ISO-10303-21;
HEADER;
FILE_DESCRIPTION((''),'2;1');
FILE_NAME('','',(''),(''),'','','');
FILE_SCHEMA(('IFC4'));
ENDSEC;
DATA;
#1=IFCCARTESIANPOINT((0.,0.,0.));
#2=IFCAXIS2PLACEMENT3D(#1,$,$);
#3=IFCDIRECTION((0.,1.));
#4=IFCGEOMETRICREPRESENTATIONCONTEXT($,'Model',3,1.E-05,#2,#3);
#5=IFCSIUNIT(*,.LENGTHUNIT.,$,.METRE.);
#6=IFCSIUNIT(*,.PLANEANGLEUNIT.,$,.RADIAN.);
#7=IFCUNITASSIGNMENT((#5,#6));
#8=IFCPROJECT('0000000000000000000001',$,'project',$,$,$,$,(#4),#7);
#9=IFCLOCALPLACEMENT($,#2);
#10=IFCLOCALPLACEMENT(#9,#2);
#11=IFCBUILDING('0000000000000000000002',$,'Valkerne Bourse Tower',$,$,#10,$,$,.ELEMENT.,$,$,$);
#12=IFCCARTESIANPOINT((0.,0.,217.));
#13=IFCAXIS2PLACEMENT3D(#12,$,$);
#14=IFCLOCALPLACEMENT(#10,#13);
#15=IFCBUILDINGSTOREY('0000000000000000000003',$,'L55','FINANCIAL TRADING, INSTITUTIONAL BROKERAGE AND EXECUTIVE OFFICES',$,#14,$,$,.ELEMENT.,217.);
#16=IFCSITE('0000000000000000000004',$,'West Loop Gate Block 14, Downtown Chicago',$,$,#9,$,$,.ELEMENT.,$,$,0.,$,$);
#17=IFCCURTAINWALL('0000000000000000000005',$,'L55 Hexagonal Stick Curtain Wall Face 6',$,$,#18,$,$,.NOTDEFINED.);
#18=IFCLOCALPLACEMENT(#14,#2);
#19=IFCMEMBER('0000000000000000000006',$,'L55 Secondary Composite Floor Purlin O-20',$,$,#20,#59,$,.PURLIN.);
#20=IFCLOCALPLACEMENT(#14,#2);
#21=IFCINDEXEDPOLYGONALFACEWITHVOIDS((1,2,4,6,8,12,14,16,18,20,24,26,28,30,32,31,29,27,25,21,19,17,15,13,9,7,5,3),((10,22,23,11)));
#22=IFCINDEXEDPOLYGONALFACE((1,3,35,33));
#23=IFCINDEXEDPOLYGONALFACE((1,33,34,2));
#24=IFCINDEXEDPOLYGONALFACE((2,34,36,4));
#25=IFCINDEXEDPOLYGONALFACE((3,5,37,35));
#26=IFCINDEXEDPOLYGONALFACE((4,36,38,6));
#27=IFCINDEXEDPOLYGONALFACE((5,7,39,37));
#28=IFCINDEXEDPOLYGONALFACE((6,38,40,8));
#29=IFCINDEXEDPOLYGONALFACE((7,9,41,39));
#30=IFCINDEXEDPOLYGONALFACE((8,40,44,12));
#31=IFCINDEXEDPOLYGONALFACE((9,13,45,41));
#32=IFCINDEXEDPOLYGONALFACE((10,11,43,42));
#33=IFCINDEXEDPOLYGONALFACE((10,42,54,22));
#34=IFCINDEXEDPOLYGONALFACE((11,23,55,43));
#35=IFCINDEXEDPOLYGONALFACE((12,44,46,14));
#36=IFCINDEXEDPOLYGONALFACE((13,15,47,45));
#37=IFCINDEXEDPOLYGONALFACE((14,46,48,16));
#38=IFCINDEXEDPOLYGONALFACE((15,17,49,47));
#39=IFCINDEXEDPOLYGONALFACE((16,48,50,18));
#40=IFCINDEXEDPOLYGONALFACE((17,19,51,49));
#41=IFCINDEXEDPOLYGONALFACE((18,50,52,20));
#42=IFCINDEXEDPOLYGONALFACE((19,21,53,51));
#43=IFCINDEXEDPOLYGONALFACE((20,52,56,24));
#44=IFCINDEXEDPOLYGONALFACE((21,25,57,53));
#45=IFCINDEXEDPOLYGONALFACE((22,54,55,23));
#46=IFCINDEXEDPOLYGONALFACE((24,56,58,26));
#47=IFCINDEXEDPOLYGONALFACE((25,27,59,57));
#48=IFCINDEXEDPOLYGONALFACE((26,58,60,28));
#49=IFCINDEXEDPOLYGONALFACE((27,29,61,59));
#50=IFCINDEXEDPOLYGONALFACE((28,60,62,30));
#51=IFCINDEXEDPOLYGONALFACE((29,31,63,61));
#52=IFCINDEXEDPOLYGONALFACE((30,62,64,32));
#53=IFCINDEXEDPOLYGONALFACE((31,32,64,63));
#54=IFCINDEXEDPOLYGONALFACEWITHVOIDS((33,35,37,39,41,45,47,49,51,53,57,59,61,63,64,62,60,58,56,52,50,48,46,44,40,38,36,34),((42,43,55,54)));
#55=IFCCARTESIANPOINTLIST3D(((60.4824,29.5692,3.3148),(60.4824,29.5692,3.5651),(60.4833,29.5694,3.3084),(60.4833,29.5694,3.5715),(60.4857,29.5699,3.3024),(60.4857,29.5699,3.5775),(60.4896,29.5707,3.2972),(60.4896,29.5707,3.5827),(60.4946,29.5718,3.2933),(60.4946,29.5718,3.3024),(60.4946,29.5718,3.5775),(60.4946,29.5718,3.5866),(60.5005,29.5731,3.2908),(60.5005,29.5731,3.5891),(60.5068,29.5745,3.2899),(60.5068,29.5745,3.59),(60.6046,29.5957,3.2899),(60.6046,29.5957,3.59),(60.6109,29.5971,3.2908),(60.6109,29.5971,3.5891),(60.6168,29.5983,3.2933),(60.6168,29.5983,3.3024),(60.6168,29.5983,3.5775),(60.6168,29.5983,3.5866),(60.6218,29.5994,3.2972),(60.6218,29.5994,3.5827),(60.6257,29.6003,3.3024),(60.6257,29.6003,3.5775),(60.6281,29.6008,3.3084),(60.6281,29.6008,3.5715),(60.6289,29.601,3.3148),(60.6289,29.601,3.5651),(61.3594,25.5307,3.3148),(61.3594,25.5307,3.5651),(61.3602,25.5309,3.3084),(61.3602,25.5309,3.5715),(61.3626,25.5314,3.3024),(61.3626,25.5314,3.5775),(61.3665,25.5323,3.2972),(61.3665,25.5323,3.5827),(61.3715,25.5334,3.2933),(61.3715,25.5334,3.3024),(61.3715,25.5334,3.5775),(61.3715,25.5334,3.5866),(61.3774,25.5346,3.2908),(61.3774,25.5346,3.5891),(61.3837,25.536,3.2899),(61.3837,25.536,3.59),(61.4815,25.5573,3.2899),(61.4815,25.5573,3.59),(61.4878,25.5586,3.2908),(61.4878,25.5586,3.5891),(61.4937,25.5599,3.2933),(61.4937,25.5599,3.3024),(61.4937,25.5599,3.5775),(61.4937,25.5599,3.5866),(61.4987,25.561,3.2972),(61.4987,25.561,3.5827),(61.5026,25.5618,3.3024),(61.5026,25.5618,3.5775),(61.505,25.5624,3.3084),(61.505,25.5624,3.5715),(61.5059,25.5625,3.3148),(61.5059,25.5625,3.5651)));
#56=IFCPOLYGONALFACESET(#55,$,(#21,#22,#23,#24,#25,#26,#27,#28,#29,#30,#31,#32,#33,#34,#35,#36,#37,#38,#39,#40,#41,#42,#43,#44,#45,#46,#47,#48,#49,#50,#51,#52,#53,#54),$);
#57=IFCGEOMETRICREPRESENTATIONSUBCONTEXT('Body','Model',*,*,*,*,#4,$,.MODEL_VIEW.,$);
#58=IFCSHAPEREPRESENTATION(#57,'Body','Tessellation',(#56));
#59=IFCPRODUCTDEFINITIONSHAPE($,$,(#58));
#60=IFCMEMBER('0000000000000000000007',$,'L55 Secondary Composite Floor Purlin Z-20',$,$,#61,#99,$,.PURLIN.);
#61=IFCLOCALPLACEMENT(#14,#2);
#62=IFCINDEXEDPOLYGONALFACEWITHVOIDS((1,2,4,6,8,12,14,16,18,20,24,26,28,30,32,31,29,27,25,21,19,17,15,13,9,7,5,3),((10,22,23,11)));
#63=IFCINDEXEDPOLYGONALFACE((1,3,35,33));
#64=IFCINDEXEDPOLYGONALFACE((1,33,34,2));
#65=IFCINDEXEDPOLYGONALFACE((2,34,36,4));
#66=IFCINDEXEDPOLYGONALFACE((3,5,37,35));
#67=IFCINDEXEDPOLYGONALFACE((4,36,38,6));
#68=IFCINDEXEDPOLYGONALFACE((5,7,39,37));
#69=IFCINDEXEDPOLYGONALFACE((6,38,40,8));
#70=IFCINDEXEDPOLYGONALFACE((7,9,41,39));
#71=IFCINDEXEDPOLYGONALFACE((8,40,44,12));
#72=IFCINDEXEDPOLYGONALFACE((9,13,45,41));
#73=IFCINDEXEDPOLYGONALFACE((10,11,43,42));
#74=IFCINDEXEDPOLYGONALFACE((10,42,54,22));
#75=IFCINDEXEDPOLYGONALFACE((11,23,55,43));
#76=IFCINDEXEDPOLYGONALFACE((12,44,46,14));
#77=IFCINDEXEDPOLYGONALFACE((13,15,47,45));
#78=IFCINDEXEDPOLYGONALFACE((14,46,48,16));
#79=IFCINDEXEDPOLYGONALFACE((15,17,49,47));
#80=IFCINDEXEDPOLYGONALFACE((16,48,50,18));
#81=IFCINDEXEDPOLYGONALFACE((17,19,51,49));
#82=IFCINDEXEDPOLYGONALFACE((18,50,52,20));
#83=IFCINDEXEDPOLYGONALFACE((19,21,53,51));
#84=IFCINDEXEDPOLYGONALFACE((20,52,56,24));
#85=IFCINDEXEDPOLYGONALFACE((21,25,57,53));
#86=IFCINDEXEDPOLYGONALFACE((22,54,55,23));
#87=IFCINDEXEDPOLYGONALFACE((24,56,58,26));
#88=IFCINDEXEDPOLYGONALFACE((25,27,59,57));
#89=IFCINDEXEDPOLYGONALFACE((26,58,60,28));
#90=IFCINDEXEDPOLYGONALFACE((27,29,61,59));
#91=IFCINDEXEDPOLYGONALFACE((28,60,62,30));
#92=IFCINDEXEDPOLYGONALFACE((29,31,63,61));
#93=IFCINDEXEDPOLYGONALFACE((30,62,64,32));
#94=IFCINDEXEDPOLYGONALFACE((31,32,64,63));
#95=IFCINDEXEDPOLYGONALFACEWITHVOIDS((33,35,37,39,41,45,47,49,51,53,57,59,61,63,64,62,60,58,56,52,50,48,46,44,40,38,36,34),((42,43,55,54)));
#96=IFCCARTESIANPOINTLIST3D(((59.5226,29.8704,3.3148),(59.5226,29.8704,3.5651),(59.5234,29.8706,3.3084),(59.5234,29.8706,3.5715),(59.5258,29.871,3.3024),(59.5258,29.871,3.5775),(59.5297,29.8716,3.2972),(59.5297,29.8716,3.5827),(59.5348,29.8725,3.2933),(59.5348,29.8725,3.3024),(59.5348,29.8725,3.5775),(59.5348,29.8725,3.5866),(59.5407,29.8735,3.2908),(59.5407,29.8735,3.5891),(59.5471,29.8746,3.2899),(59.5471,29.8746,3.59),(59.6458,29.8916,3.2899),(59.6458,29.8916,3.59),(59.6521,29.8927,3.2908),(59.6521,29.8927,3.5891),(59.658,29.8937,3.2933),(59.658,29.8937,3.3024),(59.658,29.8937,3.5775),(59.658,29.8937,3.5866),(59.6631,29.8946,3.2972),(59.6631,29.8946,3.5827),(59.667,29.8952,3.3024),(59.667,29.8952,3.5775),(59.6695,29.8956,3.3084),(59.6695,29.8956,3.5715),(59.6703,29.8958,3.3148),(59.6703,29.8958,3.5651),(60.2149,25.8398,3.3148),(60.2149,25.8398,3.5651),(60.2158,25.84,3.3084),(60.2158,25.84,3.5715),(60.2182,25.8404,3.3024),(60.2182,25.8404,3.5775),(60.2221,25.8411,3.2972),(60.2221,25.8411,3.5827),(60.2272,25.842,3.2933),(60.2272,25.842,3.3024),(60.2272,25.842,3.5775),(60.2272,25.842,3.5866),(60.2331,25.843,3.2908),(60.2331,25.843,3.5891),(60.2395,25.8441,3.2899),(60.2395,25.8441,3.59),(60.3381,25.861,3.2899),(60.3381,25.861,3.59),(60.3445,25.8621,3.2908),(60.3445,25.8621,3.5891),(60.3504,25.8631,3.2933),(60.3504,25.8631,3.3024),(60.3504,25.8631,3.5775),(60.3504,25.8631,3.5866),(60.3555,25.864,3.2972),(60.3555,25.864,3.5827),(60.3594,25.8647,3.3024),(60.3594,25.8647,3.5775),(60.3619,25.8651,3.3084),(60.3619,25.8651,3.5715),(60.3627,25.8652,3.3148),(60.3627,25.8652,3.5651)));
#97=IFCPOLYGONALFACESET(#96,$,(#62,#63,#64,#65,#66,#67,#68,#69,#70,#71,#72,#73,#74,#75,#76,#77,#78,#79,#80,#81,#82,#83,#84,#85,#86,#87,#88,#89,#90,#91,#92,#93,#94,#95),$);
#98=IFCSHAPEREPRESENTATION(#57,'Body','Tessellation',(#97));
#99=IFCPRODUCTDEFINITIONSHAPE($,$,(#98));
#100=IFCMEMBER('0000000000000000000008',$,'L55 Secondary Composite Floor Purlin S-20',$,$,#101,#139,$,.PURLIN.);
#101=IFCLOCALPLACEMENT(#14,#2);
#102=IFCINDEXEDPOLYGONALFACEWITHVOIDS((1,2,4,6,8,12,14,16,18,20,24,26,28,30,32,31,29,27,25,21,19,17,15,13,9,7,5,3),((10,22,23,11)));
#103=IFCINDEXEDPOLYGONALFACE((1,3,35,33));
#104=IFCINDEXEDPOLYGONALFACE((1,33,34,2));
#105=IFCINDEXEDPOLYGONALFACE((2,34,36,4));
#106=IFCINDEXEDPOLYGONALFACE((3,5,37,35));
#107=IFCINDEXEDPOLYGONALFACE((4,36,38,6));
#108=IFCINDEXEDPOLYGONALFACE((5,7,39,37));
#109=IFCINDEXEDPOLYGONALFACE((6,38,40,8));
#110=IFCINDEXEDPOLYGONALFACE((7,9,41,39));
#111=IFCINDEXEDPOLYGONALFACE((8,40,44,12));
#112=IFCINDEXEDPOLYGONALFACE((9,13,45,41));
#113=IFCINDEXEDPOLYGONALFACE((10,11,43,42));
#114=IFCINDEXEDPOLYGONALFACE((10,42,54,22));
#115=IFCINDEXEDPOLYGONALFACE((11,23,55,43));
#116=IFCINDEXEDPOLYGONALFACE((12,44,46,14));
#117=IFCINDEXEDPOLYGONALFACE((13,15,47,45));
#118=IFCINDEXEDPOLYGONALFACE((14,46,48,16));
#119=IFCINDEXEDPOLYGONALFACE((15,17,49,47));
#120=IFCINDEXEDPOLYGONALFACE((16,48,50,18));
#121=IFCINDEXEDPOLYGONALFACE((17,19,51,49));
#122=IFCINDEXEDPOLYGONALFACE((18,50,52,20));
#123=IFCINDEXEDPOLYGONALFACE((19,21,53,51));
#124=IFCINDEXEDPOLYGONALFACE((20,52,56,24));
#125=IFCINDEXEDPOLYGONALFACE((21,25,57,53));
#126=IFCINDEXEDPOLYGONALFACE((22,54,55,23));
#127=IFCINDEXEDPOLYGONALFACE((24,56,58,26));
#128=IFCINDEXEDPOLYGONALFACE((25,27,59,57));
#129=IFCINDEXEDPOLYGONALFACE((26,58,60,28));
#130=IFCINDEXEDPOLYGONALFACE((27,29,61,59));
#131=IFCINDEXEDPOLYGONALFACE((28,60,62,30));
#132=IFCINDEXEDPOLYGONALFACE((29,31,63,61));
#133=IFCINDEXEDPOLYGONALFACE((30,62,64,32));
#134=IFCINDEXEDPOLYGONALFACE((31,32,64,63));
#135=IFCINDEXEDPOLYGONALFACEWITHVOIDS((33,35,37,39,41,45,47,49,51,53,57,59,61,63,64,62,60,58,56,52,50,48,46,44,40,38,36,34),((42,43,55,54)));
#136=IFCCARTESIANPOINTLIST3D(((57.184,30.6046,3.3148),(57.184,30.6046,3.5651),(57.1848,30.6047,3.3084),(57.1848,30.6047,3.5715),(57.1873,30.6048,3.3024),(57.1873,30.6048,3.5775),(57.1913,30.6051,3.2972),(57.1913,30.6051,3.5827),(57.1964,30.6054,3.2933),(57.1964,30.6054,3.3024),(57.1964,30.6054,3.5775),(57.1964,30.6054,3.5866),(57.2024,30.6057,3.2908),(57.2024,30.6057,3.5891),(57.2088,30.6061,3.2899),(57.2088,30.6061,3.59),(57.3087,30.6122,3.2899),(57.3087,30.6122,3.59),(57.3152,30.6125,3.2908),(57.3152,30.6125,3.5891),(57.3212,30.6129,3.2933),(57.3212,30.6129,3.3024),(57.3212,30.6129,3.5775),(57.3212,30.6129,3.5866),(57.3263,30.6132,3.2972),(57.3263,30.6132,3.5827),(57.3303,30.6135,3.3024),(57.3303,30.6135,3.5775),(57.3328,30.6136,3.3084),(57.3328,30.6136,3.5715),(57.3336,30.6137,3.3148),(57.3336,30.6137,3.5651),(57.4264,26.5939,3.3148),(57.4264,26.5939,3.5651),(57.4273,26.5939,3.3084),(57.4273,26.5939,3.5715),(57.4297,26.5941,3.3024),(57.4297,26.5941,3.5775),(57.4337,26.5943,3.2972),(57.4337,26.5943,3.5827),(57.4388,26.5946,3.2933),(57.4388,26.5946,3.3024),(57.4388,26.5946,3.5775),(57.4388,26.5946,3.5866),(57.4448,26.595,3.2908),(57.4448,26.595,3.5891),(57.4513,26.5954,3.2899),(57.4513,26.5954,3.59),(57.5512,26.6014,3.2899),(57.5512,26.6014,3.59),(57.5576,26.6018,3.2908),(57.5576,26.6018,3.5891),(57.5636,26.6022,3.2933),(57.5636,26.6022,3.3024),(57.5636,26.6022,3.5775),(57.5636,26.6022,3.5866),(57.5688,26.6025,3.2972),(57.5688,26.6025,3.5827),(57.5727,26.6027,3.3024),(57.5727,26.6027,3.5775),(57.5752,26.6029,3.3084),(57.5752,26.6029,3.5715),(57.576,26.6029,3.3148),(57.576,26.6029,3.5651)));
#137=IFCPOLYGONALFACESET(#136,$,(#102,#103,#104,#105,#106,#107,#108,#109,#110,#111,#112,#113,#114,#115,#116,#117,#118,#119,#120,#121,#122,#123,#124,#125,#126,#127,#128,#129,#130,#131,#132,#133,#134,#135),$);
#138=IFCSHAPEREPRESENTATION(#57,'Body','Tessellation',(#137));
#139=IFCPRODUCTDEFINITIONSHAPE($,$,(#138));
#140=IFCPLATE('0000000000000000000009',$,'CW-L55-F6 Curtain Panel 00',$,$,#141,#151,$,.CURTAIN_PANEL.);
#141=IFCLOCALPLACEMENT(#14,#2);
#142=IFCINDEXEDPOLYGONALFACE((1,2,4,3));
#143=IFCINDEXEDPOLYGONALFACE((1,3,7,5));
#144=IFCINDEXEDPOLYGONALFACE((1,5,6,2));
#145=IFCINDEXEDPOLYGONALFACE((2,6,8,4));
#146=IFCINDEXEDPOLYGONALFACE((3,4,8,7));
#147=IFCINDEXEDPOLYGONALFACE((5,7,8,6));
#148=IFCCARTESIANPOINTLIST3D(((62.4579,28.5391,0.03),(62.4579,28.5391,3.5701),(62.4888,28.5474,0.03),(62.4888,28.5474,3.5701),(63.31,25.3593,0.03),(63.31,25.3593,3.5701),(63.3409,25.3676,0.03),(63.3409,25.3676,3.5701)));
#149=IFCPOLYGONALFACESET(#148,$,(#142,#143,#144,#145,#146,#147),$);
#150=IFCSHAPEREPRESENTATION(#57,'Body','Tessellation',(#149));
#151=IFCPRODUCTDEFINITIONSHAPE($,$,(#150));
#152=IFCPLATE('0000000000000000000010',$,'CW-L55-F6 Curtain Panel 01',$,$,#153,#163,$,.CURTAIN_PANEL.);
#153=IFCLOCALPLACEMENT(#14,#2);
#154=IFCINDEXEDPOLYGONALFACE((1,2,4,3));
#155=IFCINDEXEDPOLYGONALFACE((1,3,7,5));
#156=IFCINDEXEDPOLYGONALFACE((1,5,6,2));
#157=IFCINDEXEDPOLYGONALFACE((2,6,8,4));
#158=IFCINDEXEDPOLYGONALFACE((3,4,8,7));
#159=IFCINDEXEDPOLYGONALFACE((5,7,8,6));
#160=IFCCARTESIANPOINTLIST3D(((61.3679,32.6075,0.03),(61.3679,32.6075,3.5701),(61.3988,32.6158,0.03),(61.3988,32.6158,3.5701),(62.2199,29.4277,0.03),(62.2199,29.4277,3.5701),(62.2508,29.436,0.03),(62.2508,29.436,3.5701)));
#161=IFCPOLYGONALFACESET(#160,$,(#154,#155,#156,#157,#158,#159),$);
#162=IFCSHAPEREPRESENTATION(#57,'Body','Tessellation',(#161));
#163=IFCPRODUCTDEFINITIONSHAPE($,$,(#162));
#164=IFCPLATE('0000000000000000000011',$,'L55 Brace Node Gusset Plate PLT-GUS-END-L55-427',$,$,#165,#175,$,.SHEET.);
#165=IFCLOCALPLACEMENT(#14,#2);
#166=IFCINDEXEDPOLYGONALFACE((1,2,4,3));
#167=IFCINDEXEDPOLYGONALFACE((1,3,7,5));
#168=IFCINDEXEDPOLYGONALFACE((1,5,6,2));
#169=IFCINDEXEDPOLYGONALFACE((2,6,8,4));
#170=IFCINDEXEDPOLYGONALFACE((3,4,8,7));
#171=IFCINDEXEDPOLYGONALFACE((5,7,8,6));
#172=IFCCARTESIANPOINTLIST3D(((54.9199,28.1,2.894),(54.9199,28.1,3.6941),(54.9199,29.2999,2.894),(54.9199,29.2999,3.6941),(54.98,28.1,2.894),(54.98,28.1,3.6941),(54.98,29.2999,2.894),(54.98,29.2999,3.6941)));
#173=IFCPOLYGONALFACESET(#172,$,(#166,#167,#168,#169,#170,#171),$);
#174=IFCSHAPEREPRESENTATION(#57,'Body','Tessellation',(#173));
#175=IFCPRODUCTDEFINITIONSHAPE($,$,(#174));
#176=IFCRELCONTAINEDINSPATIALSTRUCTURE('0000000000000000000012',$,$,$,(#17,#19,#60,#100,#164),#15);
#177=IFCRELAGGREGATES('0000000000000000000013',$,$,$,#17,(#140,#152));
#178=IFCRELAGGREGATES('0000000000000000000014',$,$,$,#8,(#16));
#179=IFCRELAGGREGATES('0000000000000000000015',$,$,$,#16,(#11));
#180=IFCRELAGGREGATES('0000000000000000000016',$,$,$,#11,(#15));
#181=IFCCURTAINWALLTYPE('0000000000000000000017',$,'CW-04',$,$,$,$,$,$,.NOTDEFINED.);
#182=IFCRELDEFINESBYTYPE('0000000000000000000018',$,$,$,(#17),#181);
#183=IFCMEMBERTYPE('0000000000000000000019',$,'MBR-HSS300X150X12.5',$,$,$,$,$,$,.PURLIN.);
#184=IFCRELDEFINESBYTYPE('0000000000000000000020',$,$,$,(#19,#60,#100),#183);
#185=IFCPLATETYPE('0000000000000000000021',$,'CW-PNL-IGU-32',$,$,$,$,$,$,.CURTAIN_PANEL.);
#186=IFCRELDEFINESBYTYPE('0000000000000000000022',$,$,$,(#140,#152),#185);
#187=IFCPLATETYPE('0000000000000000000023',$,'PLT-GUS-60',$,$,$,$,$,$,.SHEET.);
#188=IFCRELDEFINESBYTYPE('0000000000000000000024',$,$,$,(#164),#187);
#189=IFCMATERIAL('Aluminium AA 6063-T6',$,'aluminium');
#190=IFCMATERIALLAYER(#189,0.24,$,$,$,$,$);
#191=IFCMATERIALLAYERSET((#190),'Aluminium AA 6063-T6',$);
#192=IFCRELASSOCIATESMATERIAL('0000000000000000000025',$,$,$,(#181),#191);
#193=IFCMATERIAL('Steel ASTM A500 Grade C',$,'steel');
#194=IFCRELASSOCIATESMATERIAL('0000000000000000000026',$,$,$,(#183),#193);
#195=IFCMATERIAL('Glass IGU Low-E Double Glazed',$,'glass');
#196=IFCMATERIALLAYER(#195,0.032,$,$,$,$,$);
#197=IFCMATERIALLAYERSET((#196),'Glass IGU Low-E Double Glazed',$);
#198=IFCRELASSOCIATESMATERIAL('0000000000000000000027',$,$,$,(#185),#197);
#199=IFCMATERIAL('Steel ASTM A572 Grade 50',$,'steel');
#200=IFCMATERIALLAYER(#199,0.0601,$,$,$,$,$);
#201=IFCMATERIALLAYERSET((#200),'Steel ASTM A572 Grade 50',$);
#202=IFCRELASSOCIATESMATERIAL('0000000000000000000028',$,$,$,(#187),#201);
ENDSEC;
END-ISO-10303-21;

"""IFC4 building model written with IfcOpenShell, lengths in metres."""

from ifc_helpers import new_model, si_unit, direction, frame, origin, origin_2d, place, context, subcontext, project, spatial, rectangle, hollow_rectangle, extrude, material, layer, layer_set, material_profile, profile_set, type_object, element, aggregate, save


model = new_model("IFC4")

# Units and contexts
model_context = context("Model", 3, precision=1e-05, world=origin(), true_north=direction((0.0, 1.0)))
body_context = subcontext(model_context, "Body", "Model", "MODEL_VIEW")
ifc_project = project(units=[si_unit("LENGTHUNIT", "METRE"), si_unit("PLANEANGLEUNIT", "RADIAN")], contexts=[model_context])

# Site, building, storey
site_placement = place(None, origin())
site = spatial("IfcSite", under=ifc_project, at=site_placement, Name="West Loop Gate Block 14, Downtown Chicago", CompositionType="ELEMENT", RefElevation=0.0)
building_placement = place(site_placement, origin())
building = spatial("IfcBuilding", under=site, at=building_placement, Name="Valkerne Bourse Tower", CompositionType="ELEMENT")
storey_placement = place(building_placement, frame((0.0, 0.0, 217.0)))
storey = spatial("IfcBuildingStorey", under=building, at=storey_placement, Name="L55", Description="FINANCIAL TRADING, INSTITUTIONAL BROKERAGE AND EXECUTIVE OFFICES", CompositionType="ELEMENT", Elevation=217.0)

# Curtain wall
ifc_material_1 = material(Name="Aluminium AA 6063-T6", Category="aluminium")
ifc_layer_1 = layer(ifc_material_1, 0.24)
ifc_layer_set_1 = layer_set([ifc_layer_1], Name="Aluminium AA 6063-T6")
curtain_wall_type = type_object("IfcCurtainWallType", Name="CW-04", PredefinedType="NOTDEFINED", material=ifc_layer_set_1)
curtain_wall_placement = place(storey_placement, origin())
curtain_wall = element("IfcCurtainWall", 1, at=curtain_wall_placement, inside=storey, type_object=curtain_wall_type, Name="L55 Hexagonal Stick Curtain Wall Face 6", PredefinedType="NOTDEFINED")

# Members
ifc_material_2 = material(Name="Steel ASTM A500 Grade C", Category="steel")
ifc_material_profile_1 = material_profile(ifc_material_2, hollow_rectangle(XDim=0.1499, YDim=0.3, WallThickness=0.0125, OuterFilletRadius=0.0249, at=origin_2d()), Name="HSS300X150X12.5")
ifc_profile_set_1 = profile_set([ifc_material_profile_1], Name="Steel ASTM A500 Grade C")
member_type_1 = type_object("IfcMemberType", Name="MBR-HSS300X150X12.5", PredefinedType="PURLIN", material=ifc_profile_set_1)
member_1_placement = place(storey_placement, frame((61.4326, 25.5466, 3.4399), z_axis=(-0.212199, 0.977226, 0.0), x_axis=(-0.977226, -0.212199, 0.0)))
element("IfcMember", 2, at=member_1_placement, inside=storey, type_object=member_type_1, Name="L55 Secondary Composite Floor Purlin O-20", PredefinedType="PURLIN", context=body_context, shape_type="SweptSolid", body=[
    extrude(hollow_rectangle(XDim=0.1499, YDim=0.3, WallThickness=0.0125, OuterFilletRadius=0.0249, at=origin_2d()), origin(), (0.0, 0.0, 1.0), 4.1326),
])
member_2_placement = place(storey_placement, frame((60.2888, 25.8525, 3.4399), z_axis=(-0.169305, 0.985564, 0.0), x_axis=(-0.985564, -0.169305, 0.0)))
element("IfcMember", 3, at=member_2_placement, inside=storey, type_object=member_type_1, Name="L55 Secondary Composite Floor Purlin Z-20", PredefinedType="PURLIN", context=body_context, shape_type="SweptSolid", body=[
    extrude(hollow_rectangle(XDim=0.1499, YDim=0.3, WallThickness=0.0125, OuterFilletRadius=0.0249, at=origin_2d()), origin(), (0.0, 0.0, 1.0), 4.0896),
])
member_3_placement = place(storey_placement, frame((57.5012, 26.5984, 3.4399), z_axis=(-0.060335, 0.998178, 0.0), x_axis=(-0.998178, -0.060335, 0.0)))
element("IfcMember", 4, at=member_3_placement, inside=storey, type_object=member_type_1, Name="L55 Secondary Composite Floor Purlin S-20", PredefinedType="PURLIN", context=body_context, shape_type="SweptSolid", body=[
    extrude(hollow_rectangle(XDim=0.1499, YDim=0.3, WallThickness=0.0125, OuterFilletRadius=0.0249, at=origin_2d()), origin(), (0.0, 0.0, 1.0), 4.0181),
])

# Plates
ifc_material_3 = material(Name="Glass IGU Low-E Double Glazed", Category="glass")
ifc_layer_2 = layer(ifc_material_3, 0.032)
ifc_layer_set_2 = layer_set([ifc_layer_2], Name="Glass IGU Low-E Double Glazed")
plate_type_1 = type_object("IfcPlateType", Name="CW-PNL-IGU-32", PredefinedType="CURTAIN_PANEL", material=ifc_layer_set_2)
plate_1_placement = place(storey_placement, frame((62.8994, 26.9534, 0.03), z_axis=(0.0, 0.0, 1.0), x_axis=(-0.25883, 0.965923, 0.0)))
plate_1 = element("IfcPlate", 5, at=plate_1_placement, type_object=plate_type_1, Name="CW-L55-F6 Curtain Panel 00", PredefinedType="CURTAIN_PANEL", context=body_context, shape_type="SweptSolid", body=[
    extrude(rectangle(XDim=3.292, YDim=0.032, at=origin_2d()), origin(), (0.0, 0.0, 1.0), 3.54),
])
plate_2_placement = place(storey_placement, frame((61.8093, 31.0217, 0.03), z_axis=(0.0, 0.0, 1.0), x_axis=(-0.258808, 0.965929, 0.0)))
plate_2 = element("IfcPlate", 6, at=plate_2_placement, type_object=plate_type_1, Name="CW-L55-F6 Curtain Panel 01", PredefinedType="CURTAIN_PANEL", context=body_context, shape_type="SweptSolid", body=[
    extrude(rectangle(XDim=3.292, YDim=0.032, at=origin_2d()), origin(), (0.0, 0.0, 1.0), 3.54),
])
aggregate(curtain_wall, [plate_1, plate_2])
ifc_material_4 = material(Name="Steel ASTM A572 Grade 50", Category="steel")
ifc_layer_3 = layer(ifc_material_4, 0.0601)
ifc_layer_set_3 = layer_set([ifc_layer_3], Name="Steel ASTM A572 Grade 50")
plate_type_2 = type_object("IfcPlateType", Name="PLT-GUS-60", PredefinedType="SHEET", material=ifc_layer_set_3)
plate_3_placement = place(storey_placement, frame((54.95, 28.7, 2.894), z_axis=(0.0, 0.0, 1.0), x_axis=(0.0, 1.0, 0.0)))
element("IfcPlate", 7, at=plate_3_placement, inside=storey, type_object=plate_type_2, Name="L55 Brace Node Gusset Plate PLT-GUS-END-L55-427", PredefinedType="SHEET", context=body_context, shape_type="SweptSolid", body=[
    extrude(rectangle(XDim=1.2, YDim=0.0601, at=origin_2d()), origin(), (0.0, 0.0, 1.0), 0.8),
])

save(model, "model.ifc")
